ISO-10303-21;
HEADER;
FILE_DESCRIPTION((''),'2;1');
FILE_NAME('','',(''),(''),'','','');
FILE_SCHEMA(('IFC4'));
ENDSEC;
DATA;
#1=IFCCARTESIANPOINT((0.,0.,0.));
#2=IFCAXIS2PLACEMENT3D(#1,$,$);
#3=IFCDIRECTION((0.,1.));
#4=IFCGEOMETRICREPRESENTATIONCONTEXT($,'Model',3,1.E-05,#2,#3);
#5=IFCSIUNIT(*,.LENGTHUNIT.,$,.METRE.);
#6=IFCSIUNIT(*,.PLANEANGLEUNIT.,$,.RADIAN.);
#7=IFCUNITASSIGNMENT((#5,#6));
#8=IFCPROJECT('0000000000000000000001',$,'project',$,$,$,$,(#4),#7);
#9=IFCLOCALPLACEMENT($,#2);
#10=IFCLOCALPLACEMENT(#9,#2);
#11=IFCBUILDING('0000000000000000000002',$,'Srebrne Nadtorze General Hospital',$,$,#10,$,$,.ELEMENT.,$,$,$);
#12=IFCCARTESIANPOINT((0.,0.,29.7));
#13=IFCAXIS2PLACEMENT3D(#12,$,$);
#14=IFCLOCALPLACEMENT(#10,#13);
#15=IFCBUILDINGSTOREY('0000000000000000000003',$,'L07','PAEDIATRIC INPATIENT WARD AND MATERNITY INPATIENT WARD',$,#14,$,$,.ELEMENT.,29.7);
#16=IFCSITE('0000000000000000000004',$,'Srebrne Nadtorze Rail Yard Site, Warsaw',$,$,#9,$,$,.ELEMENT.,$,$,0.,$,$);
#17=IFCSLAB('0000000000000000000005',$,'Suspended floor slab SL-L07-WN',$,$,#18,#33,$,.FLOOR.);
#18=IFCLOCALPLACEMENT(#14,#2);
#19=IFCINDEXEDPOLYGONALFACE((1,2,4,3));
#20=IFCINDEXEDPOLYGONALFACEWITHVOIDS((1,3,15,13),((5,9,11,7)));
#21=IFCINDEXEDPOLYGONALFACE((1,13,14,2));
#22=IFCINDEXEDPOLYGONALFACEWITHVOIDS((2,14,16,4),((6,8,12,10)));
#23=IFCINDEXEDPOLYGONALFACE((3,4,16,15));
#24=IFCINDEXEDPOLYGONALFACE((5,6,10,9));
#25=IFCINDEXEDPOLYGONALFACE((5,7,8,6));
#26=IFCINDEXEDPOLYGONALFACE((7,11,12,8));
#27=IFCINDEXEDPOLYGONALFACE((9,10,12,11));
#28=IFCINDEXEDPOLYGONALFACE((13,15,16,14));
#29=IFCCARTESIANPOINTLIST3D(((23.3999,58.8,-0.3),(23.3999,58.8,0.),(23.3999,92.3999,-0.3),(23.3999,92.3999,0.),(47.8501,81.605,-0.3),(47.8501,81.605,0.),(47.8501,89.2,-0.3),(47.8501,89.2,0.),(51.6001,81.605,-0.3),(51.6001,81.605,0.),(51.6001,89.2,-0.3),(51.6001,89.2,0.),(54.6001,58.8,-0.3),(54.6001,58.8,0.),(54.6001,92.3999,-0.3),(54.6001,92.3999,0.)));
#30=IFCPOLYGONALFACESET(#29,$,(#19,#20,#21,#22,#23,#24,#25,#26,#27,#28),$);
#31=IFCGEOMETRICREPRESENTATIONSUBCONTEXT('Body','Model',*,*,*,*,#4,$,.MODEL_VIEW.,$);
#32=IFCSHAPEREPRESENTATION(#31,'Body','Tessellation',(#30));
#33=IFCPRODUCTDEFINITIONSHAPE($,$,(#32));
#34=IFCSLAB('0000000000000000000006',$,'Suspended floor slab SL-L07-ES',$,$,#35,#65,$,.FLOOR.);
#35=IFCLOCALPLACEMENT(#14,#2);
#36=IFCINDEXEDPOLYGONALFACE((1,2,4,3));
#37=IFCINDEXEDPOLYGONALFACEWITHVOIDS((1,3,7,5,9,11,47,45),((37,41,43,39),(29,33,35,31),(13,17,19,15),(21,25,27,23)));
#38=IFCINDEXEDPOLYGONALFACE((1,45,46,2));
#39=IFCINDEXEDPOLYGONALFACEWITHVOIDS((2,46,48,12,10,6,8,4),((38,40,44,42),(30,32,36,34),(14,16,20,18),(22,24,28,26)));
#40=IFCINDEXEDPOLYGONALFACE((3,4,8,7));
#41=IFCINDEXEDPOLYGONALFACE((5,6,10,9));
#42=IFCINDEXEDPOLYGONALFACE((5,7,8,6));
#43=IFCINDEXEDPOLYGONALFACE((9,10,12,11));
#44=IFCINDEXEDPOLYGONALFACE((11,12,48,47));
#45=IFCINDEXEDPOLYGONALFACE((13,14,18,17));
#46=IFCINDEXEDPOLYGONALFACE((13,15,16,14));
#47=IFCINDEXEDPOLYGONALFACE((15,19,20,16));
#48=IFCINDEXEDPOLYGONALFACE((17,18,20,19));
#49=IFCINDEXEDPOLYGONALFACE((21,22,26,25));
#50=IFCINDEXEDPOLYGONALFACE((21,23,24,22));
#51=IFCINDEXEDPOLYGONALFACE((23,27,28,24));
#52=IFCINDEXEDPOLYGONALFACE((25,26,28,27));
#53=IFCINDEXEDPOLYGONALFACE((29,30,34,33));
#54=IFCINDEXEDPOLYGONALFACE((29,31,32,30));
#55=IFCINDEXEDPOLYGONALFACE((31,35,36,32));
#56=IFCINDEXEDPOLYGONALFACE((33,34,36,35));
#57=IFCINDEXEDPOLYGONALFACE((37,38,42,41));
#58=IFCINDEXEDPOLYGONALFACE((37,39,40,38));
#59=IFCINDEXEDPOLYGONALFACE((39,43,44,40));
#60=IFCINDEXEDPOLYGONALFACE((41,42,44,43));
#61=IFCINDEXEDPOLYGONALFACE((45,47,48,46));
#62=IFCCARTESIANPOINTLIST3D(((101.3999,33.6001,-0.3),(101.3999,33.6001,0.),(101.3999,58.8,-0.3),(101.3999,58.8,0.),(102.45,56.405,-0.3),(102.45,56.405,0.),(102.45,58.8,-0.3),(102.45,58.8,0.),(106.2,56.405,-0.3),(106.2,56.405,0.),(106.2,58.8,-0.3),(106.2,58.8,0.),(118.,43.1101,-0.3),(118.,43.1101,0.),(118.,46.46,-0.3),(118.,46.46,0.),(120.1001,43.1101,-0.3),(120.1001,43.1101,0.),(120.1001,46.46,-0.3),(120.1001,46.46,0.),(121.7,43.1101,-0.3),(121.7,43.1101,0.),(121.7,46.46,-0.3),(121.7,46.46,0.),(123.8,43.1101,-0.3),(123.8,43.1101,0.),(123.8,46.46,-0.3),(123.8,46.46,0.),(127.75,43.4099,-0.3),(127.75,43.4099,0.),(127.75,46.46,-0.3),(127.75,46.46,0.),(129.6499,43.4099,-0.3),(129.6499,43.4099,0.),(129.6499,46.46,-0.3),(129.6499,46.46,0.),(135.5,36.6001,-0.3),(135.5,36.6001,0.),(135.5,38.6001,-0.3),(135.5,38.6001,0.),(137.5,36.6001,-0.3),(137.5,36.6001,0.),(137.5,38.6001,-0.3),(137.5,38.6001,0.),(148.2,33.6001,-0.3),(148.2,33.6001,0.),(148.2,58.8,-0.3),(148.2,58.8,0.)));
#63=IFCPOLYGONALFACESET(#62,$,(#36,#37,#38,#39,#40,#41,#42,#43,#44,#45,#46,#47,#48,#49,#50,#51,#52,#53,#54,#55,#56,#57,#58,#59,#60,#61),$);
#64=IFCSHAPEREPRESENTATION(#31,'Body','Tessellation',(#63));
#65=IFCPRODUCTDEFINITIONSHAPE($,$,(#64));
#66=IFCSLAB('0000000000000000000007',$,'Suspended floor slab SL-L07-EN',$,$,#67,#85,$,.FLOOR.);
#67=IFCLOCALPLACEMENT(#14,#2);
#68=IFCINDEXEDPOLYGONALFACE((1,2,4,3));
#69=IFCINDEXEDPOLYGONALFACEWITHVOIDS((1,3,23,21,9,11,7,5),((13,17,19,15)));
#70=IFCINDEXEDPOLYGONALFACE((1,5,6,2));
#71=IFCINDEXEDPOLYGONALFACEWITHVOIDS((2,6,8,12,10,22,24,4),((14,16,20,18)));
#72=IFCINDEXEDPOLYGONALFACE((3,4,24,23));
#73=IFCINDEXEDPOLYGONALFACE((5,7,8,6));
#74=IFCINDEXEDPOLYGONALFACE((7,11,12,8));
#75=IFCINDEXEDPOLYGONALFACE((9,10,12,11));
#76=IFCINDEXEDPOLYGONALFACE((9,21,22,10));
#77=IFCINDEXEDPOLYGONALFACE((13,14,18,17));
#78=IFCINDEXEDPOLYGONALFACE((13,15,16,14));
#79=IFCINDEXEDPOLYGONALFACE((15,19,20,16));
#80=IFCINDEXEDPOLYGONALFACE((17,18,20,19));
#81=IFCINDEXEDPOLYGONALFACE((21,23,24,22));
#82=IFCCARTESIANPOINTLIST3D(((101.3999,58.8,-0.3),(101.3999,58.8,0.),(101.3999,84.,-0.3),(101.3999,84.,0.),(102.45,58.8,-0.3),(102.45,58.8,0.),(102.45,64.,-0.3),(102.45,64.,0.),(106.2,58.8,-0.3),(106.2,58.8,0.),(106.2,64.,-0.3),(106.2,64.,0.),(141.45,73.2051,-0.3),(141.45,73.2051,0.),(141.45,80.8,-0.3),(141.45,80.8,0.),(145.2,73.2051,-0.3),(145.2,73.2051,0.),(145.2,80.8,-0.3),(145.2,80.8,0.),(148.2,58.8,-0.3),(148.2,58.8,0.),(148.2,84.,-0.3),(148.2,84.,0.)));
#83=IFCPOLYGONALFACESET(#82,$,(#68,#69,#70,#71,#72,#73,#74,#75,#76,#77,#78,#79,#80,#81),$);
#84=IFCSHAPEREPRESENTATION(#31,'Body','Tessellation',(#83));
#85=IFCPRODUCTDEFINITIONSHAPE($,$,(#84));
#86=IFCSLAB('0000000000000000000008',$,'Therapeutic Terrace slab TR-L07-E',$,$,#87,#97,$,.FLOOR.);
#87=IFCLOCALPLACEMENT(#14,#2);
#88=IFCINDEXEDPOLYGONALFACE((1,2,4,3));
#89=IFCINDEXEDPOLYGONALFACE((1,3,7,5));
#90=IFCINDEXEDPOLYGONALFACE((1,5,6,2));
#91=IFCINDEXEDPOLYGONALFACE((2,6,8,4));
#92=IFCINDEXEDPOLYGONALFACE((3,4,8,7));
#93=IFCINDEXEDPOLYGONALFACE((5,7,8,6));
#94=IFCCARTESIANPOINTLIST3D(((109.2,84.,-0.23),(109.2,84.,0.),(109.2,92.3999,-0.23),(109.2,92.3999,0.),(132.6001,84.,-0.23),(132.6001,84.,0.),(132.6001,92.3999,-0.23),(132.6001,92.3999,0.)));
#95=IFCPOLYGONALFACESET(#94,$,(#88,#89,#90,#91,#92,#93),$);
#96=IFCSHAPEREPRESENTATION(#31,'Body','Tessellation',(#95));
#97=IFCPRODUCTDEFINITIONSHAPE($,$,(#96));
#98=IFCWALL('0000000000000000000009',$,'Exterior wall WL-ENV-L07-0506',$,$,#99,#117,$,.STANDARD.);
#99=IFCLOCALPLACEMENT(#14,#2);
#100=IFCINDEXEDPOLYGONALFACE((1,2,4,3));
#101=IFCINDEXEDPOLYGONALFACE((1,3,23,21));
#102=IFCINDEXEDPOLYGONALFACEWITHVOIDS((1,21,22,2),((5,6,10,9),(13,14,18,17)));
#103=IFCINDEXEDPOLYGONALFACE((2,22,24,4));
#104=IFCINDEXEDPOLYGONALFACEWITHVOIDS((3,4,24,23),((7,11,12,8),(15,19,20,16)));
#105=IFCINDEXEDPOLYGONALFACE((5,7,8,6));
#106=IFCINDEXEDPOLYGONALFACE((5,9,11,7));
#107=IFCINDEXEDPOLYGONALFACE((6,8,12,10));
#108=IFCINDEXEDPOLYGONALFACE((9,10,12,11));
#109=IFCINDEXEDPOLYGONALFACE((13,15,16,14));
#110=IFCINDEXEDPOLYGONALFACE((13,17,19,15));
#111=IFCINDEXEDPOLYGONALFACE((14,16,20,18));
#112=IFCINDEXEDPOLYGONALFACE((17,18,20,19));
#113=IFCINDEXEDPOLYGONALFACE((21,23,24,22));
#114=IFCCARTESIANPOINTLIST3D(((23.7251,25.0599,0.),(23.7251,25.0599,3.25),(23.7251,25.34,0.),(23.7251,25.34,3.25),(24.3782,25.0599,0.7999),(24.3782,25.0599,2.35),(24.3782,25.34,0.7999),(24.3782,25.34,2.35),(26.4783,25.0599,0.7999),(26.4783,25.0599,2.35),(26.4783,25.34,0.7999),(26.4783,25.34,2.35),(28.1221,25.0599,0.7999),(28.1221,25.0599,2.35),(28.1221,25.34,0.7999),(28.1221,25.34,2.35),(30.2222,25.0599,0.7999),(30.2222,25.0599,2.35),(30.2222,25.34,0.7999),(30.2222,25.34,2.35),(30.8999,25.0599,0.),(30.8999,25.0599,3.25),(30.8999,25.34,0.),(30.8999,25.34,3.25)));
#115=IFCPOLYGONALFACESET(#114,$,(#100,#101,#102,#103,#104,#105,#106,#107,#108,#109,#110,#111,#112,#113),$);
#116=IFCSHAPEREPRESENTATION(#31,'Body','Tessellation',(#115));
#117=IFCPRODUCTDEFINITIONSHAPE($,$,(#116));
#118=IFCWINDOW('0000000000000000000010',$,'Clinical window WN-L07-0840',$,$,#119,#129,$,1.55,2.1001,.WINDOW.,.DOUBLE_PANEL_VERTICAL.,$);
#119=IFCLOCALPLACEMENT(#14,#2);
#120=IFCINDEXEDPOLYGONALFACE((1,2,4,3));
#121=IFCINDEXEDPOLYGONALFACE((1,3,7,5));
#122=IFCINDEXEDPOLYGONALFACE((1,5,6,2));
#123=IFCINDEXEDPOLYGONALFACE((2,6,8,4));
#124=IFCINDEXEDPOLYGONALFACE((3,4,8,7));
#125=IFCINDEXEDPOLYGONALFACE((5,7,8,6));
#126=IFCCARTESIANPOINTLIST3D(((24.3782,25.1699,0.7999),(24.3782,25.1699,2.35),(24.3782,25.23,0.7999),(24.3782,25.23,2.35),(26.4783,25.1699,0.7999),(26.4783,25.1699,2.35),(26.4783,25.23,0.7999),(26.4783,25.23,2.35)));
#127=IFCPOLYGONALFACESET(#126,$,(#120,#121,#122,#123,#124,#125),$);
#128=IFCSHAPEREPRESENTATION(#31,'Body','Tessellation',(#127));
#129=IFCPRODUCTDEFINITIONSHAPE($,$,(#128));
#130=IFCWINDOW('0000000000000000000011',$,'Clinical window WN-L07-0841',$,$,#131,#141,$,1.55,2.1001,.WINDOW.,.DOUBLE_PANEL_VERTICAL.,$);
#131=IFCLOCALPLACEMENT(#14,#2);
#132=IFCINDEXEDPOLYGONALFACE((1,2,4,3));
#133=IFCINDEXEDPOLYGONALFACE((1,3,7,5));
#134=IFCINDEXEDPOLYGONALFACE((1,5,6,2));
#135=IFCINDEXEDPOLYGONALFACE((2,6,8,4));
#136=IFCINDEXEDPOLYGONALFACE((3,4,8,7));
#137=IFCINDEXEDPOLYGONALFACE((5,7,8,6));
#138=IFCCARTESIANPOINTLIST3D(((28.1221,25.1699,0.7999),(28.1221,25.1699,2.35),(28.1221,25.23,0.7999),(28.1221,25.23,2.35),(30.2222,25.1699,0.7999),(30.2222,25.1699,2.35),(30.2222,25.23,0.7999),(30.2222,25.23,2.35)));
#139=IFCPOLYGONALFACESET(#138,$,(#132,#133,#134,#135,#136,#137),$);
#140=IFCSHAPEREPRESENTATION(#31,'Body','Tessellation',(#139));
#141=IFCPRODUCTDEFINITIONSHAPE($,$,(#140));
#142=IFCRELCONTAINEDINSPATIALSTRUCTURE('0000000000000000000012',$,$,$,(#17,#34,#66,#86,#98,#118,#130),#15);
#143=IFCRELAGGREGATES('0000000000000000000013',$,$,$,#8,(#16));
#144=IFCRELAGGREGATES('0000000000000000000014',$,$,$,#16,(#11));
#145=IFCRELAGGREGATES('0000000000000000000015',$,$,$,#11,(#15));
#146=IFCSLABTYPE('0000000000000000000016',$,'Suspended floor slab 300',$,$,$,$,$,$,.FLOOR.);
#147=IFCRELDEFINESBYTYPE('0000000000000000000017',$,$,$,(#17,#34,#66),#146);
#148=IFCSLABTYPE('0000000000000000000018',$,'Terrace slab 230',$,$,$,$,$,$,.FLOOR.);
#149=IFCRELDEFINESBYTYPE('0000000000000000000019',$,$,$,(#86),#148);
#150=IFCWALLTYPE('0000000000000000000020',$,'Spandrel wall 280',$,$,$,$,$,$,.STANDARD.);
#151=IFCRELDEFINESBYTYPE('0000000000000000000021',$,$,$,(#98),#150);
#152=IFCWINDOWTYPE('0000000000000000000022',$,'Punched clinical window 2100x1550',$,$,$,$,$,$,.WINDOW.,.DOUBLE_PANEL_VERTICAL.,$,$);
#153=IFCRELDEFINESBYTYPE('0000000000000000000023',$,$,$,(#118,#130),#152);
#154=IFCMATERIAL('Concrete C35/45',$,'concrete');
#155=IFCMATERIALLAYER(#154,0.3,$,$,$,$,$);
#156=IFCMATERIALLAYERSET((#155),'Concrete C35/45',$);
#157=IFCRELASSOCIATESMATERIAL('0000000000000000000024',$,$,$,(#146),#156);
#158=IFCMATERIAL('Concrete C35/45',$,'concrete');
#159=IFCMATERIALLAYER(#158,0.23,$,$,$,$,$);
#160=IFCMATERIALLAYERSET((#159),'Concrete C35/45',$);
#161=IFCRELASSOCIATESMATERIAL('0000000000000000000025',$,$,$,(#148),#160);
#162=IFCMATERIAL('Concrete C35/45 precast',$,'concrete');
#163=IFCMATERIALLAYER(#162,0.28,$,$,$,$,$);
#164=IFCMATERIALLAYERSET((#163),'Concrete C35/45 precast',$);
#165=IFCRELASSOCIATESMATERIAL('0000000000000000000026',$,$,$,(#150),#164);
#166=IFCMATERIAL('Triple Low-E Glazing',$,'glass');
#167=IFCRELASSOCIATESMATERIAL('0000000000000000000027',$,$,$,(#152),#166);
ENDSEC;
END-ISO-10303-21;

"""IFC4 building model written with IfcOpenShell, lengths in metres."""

from ifc_helpers import new_model, si_unit, direction, frame, frame_2d, origin, place, context, subcontext, project, spatial, polyline, rectangle, outline, extrude, material, layer, layer_set, type_object, element, fill, save


model = new_model("IFC4")

# Units and contexts
model_context = context("Model", 3, precision=1e-05, world=origin(), true_north=direction((0.0, 1.0)))
body_context = subcontext(model_context, "Body", "Model", "MODEL_VIEW")
ifc_project = project(units=[si_unit("LENGTHUNIT", "METRE"), si_unit("PLANEANGLEUNIT", "RADIAN")], contexts=[model_context])

# Site, building, storey
site_placement = place(None, origin())
site = spatial("IfcSite", under=ifc_project, at=site_placement, Name="Srebrne Nadtorze Rail Yard Site, Warsaw", CompositionType="ELEMENT", RefElevation=0.0)
building_placement = place(site_placement, origin())
building = spatial("IfcBuilding", under=site, at=building_placement, Name="Srebrne Nadtorze General Hospital", CompositionType="ELEMENT")
storey_placement = place(building_placement, frame((0.0, 0.0, 29.7)))
storey = spatial("IfcBuildingStorey", under=building, at=storey_placement, Name="L07", Description="PAEDIATRIC INPATIENT WARD AND MATERNITY INPATIENT WARD", CompositionType="ELEMENT", Elevation=29.7)

# Slabs
ifc_material_1 = material(Name="Concrete C35/45", Category="concrete")
ifc_layer_1 = layer(ifc_material_1, 0.3)
ifc_layer_set_1 = layer_set([ifc_layer_1], Name="Concrete C35/45")
slab_type_1 = type_object("IfcSlabType", Name="Suspended floor slab 300", PredefinedType="FLOOR", material=ifc_layer_set_1)
slab_1_placement = place(storey_placement, frame((0.0, 0.0, -0.3)))
element("IfcSlab", 1, at=slab_1_placement, inside=storey, type_object=slab_type_1, Name="Suspended floor slab SL-L07-WN", PredefinedType="FLOOR", context=body_context, shape_type="SweptSolid", body=[
    extrude(outline(polyline([(54.6001, 58.8), (54.6001, 92.3999), (23.3999, 92.3999), (23.3999, 58.8), (54.6001, 58.8)]), holes=[polyline([(51.6001, 81.605), (47.8501, 81.605), (47.8501, 89.2), (51.6001, 89.2), (51.6001, 81.605)])]), origin(), (0.0, 0.0, 1.0), 0.3),
])
slab_2_placement = place(storey_placement, frame((0.0, 0.0, -0.3)))
element("IfcSlab", 2, at=slab_2_placement, inside=storey, type_object=slab_type_1, Name="Suspended floor slab SL-L07-ES", PredefinedType="FLOOR", context=body_context, shape_type="SweptSolid", body=[
    extrude(outline(polyline([(106.2, 58.8), (106.2, 56.405), (102.45, 56.405), (102.45, 58.8), (101.3999, 58.8), (101.3999, 33.6001), (148.2, 33.6001), (148.2, 58.8), (106.2, 58.8)]), holes=[polyline([(137.5, 36.6001), (135.5, 36.6001), (135.5, 38.6001), (137.5, 38.6001), (137.5, 36.6001)]), polyline([(120.1001, 43.1101), (118.0, 43.1101), (118.0, 46.46), (120.1001, 46.46), (120.1001, 43.1101)]), polyline([(123.8, 43.1101), (121.7, 43.1101), (121.7, 46.46), (123.8, 46.46), (123.8, 43.1101)]), polyline([(129.6499, 43.4099), (127.75, 43.4099), (127.75, 46.46), (129.6499, 46.46), (129.6499, 43.4099)])]), origin(), (0.0, 0.0, 1.0), 0.3),
])
slab_3_placement = place(storey_placement, frame((0.0, 0.0, -0.3)))
element("IfcSlab", 3, at=slab_3_placement, inside=storey, type_object=slab_type_1, Name="Suspended floor slab SL-L07-EN", PredefinedType="FLOOR", context=body_context, shape_type="SweptSolid", body=[
    extrude(outline(polyline([(102.45, 58.8), (102.45, 64.0), (106.2, 64.0), (106.2, 58.8), (148.2, 58.8), (148.2, 84.0), (101.3999, 84.0), (101.3999, 58.8), (102.45, 58.8)]), holes=[polyline([(145.2, 73.2051), (141.45, 73.2051), (141.45, 80.8), (145.2, 80.8), (145.2, 73.2051)])]), origin(), (0.0, 0.0, 1.0), 0.3),
])
ifc_material_2 = material(Name="Concrete C35/45", Category="concrete")
ifc_layer_2 = layer(ifc_material_2, 0.23)
ifc_layer_set_2 = layer_set([ifc_layer_2], Name="Concrete C35/45")
slab_type_2 = type_object("IfcSlabType", Name="Terrace slab 230", PredefinedType="FLOOR", material=ifc_layer_set_2)
slab_4_placement = place(storey_placement, frame((0.0, 0.0, -0.23)))
element("IfcSlab", 4, at=slab_4_placement, inside=storey, type_object=slab_type_2, Name="Therapeutic Terrace slab TR-L07-E", PredefinedType="FLOOR", context=body_context, shape_type="SweptSolid", body=[
    extrude(outline(polyline([(109.2, 84.0), (132.6001, 84.0), (132.6001, 92.3999), (109.2, 92.3999), (109.2, 84.0)])), origin(), (0.0, 0.0, 1.0), 0.23),
])

# Wall, openings, windows
ifc_material_3 = material(Name="Concrete C35/45 precast", Category="concrete")
ifc_layer_3 = layer(ifc_material_3, 0.28)
ifc_layer_set_3 = layer_set([ifc_layer_3], Name="Concrete C35/45 precast")
wall_type = type_object("IfcWallType", Name="Spandrel wall 280", PredefinedType="STANDARD", material=ifc_layer_set_3)
wall_1_placement = place(storey_placement, frame((23.7251, 25.2, 0.0), z_axis=(0.0, 0.0, 1.0), x_axis=(1.0, 0.0, 0.0)))
wall_1 = element("IfcWall", 5, at=wall_1_placement, inside=storey, type_object=wall_type, Name="Exterior wall WL-ENV-L07-0506", PredefinedType="STANDARD", context=body_context, shape_type="SweptSolid", body=[
    extrude(rectangle(XDim=7.1748, YDim=0.28, at=frame_2d((3.5874, 0.0))), origin(), (0.0, 0.0, 1.0), 3.25),
])
opening_1_placement = place(wall_1_placement, frame((0.6531, 0.0, 0.8)))
opening_1 = element("IfcOpeningElement", 6, at=opening_1_placement, cuts=wall_1, PredefinedType="OPENING", context=body_context, shape_type="SweptSolid", body=[
    extrude(rectangle(XDim=2.1001, YDim=1.55, at=frame_2d((1.05, 0.7749))), frame((0.0, 0.1519, 0.0), z_axis=(0.0, -1.0, 0.0), x_axis=(1.0, 0.0, 0.0)), (0.0, 0.0, 1.0), 0.304),
])
opening_2_placement = place(wall_1_placement, frame((4.397, 0.0, 0.8)))
opening_2 = element("IfcOpeningElement", 7, at=opening_2_placement, cuts=wall_1, PredefinedType="OPENING", context=body_context, shape_type="SweptSolid", body=[
    extrude(rectangle(XDim=2.1001, YDim=1.55, at=frame_2d((1.05, 0.7749))), frame((0.0, 0.1519, 0.0), z_axis=(0.0, -1.0, 0.0), x_axis=(1.0, 0.0, 0.0)), (0.0, 0.0, 1.0), 0.304),
])
ifc_material_4 = material(Name="Triple Low-E Glazing", Category="glass")
window_type_1 = type_object("IfcWindowType", Name="Punched clinical window 2100x1550", PartitioningType="DOUBLE_PANEL_VERTICAL", PredefinedType="WINDOW", material=ifc_material_4)
window_1_placement = place(opening_1_placement, origin())
window_1 = element("IfcWindow", 8, at=window_1_placement, inside=storey, type_object=window_type_1, Name="Clinical window WN-L07-0840", OverallHeight=1.55, OverallWidth=2.1001, PartitioningType="DOUBLE_PANEL_VERTICAL", PredefinedType="WINDOW", context=body_context, shape_type="SweptSolid", body=[
    extrude(rectangle(XDim=2.1001, YDim=1.55, at=frame_2d((1.05, 0.7749))), frame((0.0, 0.03, 0.0), z_axis=(0.0, -1.0, 0.0), x_axis=(1.0, 0.0, 0.0)), (0.0, 0.0, 1.0), 0.0601),
])
fill(opening_1, window_1)
window_2_placement = place(opening_2_placement, origin())
window_2 = element("IfcWindow", 9, at=window_2_placement, inside=storey, type_object=window_type_1, Name="Clinical window WN-L07-0841", OverallHeight=1.55, OverallWidth=2.1001, PartitioningType="DOUBLE_PANEL_VERTICAL", PredefinedType="WINDOW", context=body_context, shape_type="SweptSolid", body=[
    extrude(rectangle(XDim=2.1001, YDim=1.55, at=frame_2d((1.05, 0.7749))), frame((0.0, 0.03, 0.0), z_axis=(0.0, -1.0, 0.0), x_axis=(1.0, 0.0, 0.0)), (0.0, 0.0, 1.0), 0.0601),
])
fill(opening_2, window_2)

save(model, "model.ifc")
